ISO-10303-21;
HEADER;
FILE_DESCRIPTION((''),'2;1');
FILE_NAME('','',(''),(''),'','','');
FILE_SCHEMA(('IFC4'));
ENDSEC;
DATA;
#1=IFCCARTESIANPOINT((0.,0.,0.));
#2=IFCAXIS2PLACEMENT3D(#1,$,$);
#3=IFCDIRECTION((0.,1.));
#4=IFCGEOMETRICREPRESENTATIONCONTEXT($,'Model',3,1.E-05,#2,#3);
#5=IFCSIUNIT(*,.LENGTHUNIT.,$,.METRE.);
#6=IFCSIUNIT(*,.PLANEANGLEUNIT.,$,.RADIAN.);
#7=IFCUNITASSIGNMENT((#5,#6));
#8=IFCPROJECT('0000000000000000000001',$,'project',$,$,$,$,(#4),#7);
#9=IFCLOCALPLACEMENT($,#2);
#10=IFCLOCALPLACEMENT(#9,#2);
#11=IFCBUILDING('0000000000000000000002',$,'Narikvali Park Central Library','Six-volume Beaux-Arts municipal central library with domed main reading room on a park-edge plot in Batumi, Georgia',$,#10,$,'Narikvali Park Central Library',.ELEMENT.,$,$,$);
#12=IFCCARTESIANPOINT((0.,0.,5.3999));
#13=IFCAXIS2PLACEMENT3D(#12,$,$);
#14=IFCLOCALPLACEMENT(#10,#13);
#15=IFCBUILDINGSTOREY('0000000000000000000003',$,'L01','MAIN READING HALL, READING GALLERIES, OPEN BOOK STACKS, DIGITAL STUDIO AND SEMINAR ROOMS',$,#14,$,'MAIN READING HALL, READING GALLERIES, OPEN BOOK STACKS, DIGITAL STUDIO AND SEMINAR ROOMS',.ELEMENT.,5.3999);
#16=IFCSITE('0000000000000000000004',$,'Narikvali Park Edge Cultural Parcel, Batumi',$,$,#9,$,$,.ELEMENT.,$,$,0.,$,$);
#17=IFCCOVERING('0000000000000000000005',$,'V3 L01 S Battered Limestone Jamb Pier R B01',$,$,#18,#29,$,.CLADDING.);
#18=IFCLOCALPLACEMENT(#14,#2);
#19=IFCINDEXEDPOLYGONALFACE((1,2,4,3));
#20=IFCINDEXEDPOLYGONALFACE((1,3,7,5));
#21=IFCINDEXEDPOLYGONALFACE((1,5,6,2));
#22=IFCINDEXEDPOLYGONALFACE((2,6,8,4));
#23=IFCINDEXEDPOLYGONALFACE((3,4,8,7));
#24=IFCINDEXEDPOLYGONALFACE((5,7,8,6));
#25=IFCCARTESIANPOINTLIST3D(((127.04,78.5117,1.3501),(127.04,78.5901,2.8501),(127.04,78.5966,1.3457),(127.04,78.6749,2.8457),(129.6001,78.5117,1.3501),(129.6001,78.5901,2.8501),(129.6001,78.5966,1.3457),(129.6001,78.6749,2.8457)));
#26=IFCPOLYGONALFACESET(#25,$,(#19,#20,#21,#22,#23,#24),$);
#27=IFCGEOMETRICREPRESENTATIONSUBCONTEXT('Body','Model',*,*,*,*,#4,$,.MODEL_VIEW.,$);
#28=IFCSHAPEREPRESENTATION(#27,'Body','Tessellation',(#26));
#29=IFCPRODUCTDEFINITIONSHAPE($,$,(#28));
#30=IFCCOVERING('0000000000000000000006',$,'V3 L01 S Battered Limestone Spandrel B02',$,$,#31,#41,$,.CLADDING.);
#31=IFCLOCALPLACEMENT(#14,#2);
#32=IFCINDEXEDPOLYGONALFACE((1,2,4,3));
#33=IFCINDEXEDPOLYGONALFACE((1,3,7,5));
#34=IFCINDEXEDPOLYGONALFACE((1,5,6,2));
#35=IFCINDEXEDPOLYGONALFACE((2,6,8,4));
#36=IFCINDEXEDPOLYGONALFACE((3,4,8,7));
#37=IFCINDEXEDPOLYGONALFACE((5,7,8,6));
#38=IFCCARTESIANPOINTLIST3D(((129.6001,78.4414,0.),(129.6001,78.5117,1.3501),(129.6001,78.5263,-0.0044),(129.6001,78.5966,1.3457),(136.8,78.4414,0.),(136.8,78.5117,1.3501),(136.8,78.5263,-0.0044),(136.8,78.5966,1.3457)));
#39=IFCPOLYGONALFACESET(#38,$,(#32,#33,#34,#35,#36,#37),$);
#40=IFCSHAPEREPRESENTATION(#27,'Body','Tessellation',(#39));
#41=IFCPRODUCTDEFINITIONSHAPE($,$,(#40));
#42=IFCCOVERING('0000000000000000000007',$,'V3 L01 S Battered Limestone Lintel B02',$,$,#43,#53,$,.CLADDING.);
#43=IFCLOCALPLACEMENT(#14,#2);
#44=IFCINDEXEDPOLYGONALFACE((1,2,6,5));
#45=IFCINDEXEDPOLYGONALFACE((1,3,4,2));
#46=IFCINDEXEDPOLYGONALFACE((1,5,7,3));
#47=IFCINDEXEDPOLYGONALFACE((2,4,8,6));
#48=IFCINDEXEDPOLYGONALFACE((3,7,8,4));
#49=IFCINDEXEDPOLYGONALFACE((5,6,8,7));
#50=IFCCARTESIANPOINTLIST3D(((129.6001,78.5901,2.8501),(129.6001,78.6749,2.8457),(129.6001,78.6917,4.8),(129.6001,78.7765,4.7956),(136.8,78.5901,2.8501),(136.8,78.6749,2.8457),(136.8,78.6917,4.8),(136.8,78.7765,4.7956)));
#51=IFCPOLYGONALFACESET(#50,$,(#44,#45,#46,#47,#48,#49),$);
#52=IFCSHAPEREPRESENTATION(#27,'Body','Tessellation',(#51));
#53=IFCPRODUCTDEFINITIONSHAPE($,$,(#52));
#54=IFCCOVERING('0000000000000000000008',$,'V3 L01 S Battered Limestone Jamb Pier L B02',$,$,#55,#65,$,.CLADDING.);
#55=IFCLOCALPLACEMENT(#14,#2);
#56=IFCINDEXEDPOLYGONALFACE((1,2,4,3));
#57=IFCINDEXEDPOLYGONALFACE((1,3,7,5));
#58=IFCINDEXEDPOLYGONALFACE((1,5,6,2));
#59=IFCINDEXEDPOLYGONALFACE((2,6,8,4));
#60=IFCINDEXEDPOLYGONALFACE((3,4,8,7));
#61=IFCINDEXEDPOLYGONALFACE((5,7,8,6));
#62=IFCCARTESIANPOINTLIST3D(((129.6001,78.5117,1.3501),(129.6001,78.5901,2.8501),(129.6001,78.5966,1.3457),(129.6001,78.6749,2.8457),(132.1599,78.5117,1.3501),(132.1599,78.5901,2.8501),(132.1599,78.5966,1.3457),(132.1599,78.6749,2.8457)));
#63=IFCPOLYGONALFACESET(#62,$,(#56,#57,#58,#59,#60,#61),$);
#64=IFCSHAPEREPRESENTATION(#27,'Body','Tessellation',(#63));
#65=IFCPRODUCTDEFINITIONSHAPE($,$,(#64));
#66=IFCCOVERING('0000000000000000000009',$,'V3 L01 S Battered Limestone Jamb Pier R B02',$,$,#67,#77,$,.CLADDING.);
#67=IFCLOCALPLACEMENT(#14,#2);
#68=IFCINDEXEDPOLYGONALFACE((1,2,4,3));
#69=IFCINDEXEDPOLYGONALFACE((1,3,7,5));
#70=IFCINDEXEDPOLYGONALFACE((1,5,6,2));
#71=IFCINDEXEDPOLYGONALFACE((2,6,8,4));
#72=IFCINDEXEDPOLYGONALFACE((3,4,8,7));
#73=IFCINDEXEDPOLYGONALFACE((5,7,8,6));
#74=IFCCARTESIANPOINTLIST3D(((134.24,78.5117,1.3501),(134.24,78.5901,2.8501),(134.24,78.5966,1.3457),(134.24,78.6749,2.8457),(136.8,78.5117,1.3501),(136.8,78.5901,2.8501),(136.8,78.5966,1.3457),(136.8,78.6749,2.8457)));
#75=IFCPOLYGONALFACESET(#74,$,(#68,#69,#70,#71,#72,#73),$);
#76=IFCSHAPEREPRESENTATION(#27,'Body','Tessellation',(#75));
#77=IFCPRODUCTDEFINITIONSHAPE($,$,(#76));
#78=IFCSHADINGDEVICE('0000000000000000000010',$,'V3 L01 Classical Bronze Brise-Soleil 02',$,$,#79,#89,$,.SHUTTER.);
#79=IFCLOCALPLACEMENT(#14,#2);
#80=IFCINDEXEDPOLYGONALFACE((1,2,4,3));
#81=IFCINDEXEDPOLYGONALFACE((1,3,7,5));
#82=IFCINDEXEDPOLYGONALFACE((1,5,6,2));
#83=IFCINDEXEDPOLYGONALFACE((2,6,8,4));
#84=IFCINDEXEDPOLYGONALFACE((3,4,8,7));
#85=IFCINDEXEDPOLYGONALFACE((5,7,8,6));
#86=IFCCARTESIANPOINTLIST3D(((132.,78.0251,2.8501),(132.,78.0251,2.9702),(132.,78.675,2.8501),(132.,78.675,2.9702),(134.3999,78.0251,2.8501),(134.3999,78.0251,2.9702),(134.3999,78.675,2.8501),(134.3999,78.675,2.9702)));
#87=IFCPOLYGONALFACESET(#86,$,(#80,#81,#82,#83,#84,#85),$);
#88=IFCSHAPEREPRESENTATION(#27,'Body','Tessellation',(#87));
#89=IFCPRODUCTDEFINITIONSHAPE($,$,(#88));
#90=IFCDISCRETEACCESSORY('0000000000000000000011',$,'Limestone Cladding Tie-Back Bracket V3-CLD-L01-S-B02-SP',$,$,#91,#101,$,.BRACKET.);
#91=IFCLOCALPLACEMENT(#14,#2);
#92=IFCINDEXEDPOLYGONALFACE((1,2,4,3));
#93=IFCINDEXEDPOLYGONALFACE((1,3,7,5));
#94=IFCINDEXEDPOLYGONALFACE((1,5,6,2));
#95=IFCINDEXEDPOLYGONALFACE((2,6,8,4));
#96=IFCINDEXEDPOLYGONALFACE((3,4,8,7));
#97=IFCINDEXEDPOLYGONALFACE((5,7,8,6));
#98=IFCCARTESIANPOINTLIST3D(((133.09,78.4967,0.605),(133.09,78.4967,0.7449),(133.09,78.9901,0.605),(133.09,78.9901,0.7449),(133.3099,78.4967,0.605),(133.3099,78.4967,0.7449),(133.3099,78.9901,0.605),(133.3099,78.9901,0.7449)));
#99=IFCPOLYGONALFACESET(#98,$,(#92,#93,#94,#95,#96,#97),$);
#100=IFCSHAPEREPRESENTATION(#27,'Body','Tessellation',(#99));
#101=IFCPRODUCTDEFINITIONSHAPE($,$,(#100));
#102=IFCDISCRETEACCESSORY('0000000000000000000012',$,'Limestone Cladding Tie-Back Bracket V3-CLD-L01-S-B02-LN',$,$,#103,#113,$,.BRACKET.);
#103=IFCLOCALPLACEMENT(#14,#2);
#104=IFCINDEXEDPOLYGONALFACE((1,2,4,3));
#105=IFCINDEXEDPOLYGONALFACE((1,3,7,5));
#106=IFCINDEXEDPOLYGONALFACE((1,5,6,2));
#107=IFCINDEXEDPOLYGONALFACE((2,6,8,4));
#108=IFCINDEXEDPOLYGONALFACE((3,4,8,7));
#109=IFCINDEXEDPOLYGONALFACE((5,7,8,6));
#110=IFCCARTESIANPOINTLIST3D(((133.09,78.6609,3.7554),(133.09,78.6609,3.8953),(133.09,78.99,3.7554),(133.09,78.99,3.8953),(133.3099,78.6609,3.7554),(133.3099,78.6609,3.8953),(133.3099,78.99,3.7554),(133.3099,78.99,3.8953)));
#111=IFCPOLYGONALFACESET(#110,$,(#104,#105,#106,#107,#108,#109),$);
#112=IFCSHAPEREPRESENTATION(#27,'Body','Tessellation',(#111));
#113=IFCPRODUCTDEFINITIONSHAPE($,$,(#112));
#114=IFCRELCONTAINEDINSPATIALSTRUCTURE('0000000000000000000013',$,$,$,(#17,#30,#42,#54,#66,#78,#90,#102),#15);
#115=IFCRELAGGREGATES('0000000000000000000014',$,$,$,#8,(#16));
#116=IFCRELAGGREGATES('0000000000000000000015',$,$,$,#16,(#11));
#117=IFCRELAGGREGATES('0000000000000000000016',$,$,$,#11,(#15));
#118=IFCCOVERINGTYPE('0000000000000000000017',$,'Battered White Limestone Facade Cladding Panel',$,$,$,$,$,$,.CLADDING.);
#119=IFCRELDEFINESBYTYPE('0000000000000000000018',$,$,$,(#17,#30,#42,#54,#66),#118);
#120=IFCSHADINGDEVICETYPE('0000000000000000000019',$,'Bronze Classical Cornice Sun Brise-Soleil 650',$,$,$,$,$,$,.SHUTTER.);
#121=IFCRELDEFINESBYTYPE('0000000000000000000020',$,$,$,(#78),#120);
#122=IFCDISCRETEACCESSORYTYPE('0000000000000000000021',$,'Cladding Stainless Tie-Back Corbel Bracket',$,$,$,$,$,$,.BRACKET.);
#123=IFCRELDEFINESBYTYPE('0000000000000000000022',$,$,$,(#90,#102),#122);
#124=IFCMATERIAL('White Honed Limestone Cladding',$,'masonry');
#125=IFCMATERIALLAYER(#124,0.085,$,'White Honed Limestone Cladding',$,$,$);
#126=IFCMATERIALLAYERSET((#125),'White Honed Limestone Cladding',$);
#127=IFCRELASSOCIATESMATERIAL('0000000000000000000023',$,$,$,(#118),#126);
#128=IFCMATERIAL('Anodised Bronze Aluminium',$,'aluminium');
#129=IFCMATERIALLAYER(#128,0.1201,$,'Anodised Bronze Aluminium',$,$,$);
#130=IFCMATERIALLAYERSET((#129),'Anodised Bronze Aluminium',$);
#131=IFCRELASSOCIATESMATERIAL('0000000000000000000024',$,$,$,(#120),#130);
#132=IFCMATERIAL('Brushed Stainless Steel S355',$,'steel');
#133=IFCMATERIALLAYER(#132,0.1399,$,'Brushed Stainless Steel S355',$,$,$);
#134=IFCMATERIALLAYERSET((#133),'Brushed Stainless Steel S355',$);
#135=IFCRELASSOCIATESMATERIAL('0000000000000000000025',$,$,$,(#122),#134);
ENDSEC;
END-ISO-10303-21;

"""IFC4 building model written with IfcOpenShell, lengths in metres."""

from ifc_helpers import new_model, si_unit, direction, frame, origin, origin_2d, place, context, subcontext, project, spatial, polyline, rectangle, outline, extrude, material, layer, layer_set, type_object, element, save


model = new_model("IFC4")

# Units and contexts
model_context = context("Model", 3, precision=1e-05, world=origin(), true_north=direction((0.0, 1.0)))
body_context = subcontext(model_context, "Body", "Model", "MODEL_VIEW")
ifc_project = project(units=[si_unit("LENGTHUNIT", "METRE"), si_unit("PLANEANGLEUNIT", "RADIAN")], contexts=[model_context])

# Site, building, storey
site_placement = place(None, origin())
site = spatial("IfcSite", under=ifc_project, at=site_placement, Name="Narikvali Park Edge Cultural Parcel, Batumi", CompositionType="ELEMENT", RefElevation=0.0)
building_placement = place(site_placement, origin())
building = spatial("IfcBuilding", under=site, at=building_placement, Name="Narikvali Park Central Library", Description="Six-volume Beaux-Arts municipal central library with domed main reading room on a park-edge plot in Batumi, Georgia", LongName="Narikvali Park Central Library", CompositionType="ELEMENT")
storey_placement = place(building_placement, frame((0.0, 0.0, 5.3999)))
storey = spatial("IfcBuildingStorey", under=building, at=storey_placement, Name="L01", Description="MAIN READING HALL, READING GALLERIES, OPEN BOOK STACKS, DIGITAL STUDIO AND SEMINAR ROOMS", LongName="MAIN READING HALL, READING GALLERIES, OPEN BOOK STACKS, DIGITAL STUDIO AND SEMINAR ROOMS", CompositionType="ELEMENT", Elevation=5.3999)

# Shared definitions
ifc_material_1 = material(Name="Anodised Bronze Aluminium", Category="aluminium")

# Coverings
ifc_material_2 = material(Name="White Honed Limestone Cladding", Category="masonry")
ifc_layer_1 = layer(ifc_material_2, 0.085, Name="White Honed Limestone Cladding")
ifc_layer_set_1 = layer_set([ifc_layer_1], Name="White Honed Limestone Cladding")
covering_type = type_object("IfcCoveringType", Name="Battered White Limestone Facade Cladding Panel", PredefinedType="CLADDING", material=ifc_layer_set_1)
covering_1_placement = place(storey_placement, frame((127.04, 78.5117, 1.3501), z_axis=(0.0, -0.998638, 0.052175), x_axis=(1.0, 0.0, 0.0)))
element("IfcCovering", 1, at=covering_1_placement, inside=storey, type_object=covering_type, Name="V3 L01 S Battered Limestone Jamb Pier R B01", PredefinedType="CLADDING", context=body_context, shape_type="SweptSolid", body=[
    extrude(outline(polyline([(0.0, 0.0), (2.5601, 0.0), (2.5601, 1.502), (0.0, 1.502), (0.0, 0.0)])), origin(), (0.0, 0.0, -1.0), 0.085),
])
covering_2_placement = place(storey_placement, frame((129.6001, 78.4414, 0.0), z_axis=(0.0, -0.998647, 0.052009), x_axis=(1.0, 0.0, 0.0)))
element("IfcCovering", 2, at=covering_2_placement, inside=storey, type_object=covering_type, Name="V3 L01 S Battered Limestone Spandrel B02", PredefinedType="CLADDING", context=body_context, shape_type="SweptSolid", body=[
    extrude(outline(polyline([(0.0, 0.0), (7.2, 0.0), (7.2, 1.3519), (0.0, 1.3519), (0.0, 0.0)])), origin(), (0.0, 0.0, -1.0), 0.085),
])
covering_3_placement = place(storey_placement, frame((129.6001, 78.5901, 2.8501), z_axis=(0.0, -0.998646, 0.052014), x_axis=(1.0, 0.0, 0.0)))
element("IfcCovering", 3, at=covering_3_placement, inside=storey, type_object=covering_type, Name="V3 L01 S Battered Limestone Lintel B02", PredefinedType="CLADDING", context=body_context, shape_type="SweptSolid", body=[
    extrude(outline(polyline([(0.0, 0.0), (7.2, 0.0), (7.2, 1.9526), (0.0, 1.9526), (0.0, 0.0)])), origin(), (0.0, 0.0, -1.0), 0.085),
])
covering_4_placement = place(storey_placement, frame((129.6001, 78.5117, 1.3501), z_axis=(0.0, -0.998638, 0.052175), x_axis=(1.0, 0.0, 0.0)))
element("IfcCovering", 4, at=covering_4_placement, inside=storey, type_object=covering_type, Name="V3 L01 S Battered Limestone Jamb Pier L B02", PredefinedType="CLADDING", context=body_context, shape_type="SweptSolid", body=[
    extrude(outline(polyline([(0.0, 0.0), (2.5598, 0.0), (2.5598, 1.502), (0.0, 1.502), (0.0, 0.0)])), origin(), (0.0, 0.0, -1.0), 0.085),
])
covering_5_placement = place(storey_placement, frame((134.24, 78.5117, 1.3501), z_axis=(0.0, -0.998638, 0.052175), x_axis=(1.0, 0.0, 0.0)))
element("IfcCovering", 5, at=covering_5_placement, inside=storey, type_object=covering_type, Name="V3 L01 S Battered Limestone Jamb Pier R B02", PredefinedType="CLADDING", context=body_context, shape_type="SweptSolid", body=[
    extrude(outline(polyline([(0.0, 0.0), (2.5601, 0.0), (2.5601, 1.502), (0.0, 1.502), (0.0, 0.0)])), origin(), (0.0, 0.0, -1.0), 0.085),
])

# Shading device
ifc_layer_2 = layer(ifc_material_1, 0.1201, Name="Anodised Bronze Aluminium")
ifc_layer_set_2 = layer_set([ifc_layer_2], Name="Anodised Bronze Aluminium")
shading_device_type = type_object("IfcShadingDeviceType", Name="Bronze Classical Cornice Sun Brise-Soleil 650", PredefinedType="SHUTTER", material=ifc_layer_set_2)
shading_device_placement = place(storey_placement, frame((133.2, 78.3501, 2.8501), z_axis=(0.0, 0.0, 1.0), x_axis=(1.0, 0.0, 0.0)))
element("IfcShadingDevice", 6, at=shading_device_placement, inside=storey, type_object=shading_device_type, Name="V3 L01 Classical Bronze Brise-Soleil 02", PredefinedType="SHUTTER", context=body_context, shape_type="SweptSolid", body=[
    extrude(rectangle(XDim=2.3999, YDim=0.6499, at=origin_2d()), origin(), (0.0, 0.0, 1.0), 0.1201),
])

# Discrete accessories
ifc_material_3 = material(Name="Brushed Stainless Steel S355", Category="steel")
ifc_layer_3 = layer(ifc_material_3, 0.1399, Name="Brushed Stainless Steel S355")
ifc_layer_set_3 = layer_set([ifc_layer_3], Name="Brushed Stainless Steel S355")
discrete_accessory_type = type_object("IfcDiscreteAccessoryType", Name="Cladding Stainless Tie-Back Corbel Bracket", PredefinedType="BRACKET", material=ifc_layer_set_3)
discrete_accessory_1_placement = place(storey_placement, frame((133.2, 78.7434, 0.605), z_axis=(0.0, 0.0, 1.0), x_axis=(1.0, 0.0, 0.0)))
element("IfcDiscreteAccessory", 7, at=discrete_accessory_1_placement, inside=storey, type_object=discrete_accessory_type, Name="Limestone Cladding Tie-Back Bracket V3-CLD-L01-S-B02-SP", PredefinedType="BRACKET", context=body_context, shape_type="SweptSolid", body=[
    extrude(rectangle(XDim=0.22, YDim=0.4934, at=origin_2d()), origin(), (0.0, 0.0, 1.0), 0.1399),
])
discrete_accessory_2_placement = place(storey_placement, frame((133.2, 78.8254, 3.7554), z_axis=(0.0, 0.0, 1.0), x_axis=(1.0, 0.0, 0.0)))
element("IfcDiscreteAccessory", 8, at=discrete_accessory_2_placement, inside=storey, type_object=discrete_accessory_type, Name="Limestone Cladding Tie-Back Bracket V3-CLD-L01-S-B02-LN", PredefinedType="BRACKET", context=body_context, shape_type="SweptSolid", body=[
    extrude(rectangle(XDim=0.22, YDim=0.3291, at=origin_2d()), origin(), (0.0, 0.0, 1.0), 0.1399),
])

save(model, "model.ifc")
